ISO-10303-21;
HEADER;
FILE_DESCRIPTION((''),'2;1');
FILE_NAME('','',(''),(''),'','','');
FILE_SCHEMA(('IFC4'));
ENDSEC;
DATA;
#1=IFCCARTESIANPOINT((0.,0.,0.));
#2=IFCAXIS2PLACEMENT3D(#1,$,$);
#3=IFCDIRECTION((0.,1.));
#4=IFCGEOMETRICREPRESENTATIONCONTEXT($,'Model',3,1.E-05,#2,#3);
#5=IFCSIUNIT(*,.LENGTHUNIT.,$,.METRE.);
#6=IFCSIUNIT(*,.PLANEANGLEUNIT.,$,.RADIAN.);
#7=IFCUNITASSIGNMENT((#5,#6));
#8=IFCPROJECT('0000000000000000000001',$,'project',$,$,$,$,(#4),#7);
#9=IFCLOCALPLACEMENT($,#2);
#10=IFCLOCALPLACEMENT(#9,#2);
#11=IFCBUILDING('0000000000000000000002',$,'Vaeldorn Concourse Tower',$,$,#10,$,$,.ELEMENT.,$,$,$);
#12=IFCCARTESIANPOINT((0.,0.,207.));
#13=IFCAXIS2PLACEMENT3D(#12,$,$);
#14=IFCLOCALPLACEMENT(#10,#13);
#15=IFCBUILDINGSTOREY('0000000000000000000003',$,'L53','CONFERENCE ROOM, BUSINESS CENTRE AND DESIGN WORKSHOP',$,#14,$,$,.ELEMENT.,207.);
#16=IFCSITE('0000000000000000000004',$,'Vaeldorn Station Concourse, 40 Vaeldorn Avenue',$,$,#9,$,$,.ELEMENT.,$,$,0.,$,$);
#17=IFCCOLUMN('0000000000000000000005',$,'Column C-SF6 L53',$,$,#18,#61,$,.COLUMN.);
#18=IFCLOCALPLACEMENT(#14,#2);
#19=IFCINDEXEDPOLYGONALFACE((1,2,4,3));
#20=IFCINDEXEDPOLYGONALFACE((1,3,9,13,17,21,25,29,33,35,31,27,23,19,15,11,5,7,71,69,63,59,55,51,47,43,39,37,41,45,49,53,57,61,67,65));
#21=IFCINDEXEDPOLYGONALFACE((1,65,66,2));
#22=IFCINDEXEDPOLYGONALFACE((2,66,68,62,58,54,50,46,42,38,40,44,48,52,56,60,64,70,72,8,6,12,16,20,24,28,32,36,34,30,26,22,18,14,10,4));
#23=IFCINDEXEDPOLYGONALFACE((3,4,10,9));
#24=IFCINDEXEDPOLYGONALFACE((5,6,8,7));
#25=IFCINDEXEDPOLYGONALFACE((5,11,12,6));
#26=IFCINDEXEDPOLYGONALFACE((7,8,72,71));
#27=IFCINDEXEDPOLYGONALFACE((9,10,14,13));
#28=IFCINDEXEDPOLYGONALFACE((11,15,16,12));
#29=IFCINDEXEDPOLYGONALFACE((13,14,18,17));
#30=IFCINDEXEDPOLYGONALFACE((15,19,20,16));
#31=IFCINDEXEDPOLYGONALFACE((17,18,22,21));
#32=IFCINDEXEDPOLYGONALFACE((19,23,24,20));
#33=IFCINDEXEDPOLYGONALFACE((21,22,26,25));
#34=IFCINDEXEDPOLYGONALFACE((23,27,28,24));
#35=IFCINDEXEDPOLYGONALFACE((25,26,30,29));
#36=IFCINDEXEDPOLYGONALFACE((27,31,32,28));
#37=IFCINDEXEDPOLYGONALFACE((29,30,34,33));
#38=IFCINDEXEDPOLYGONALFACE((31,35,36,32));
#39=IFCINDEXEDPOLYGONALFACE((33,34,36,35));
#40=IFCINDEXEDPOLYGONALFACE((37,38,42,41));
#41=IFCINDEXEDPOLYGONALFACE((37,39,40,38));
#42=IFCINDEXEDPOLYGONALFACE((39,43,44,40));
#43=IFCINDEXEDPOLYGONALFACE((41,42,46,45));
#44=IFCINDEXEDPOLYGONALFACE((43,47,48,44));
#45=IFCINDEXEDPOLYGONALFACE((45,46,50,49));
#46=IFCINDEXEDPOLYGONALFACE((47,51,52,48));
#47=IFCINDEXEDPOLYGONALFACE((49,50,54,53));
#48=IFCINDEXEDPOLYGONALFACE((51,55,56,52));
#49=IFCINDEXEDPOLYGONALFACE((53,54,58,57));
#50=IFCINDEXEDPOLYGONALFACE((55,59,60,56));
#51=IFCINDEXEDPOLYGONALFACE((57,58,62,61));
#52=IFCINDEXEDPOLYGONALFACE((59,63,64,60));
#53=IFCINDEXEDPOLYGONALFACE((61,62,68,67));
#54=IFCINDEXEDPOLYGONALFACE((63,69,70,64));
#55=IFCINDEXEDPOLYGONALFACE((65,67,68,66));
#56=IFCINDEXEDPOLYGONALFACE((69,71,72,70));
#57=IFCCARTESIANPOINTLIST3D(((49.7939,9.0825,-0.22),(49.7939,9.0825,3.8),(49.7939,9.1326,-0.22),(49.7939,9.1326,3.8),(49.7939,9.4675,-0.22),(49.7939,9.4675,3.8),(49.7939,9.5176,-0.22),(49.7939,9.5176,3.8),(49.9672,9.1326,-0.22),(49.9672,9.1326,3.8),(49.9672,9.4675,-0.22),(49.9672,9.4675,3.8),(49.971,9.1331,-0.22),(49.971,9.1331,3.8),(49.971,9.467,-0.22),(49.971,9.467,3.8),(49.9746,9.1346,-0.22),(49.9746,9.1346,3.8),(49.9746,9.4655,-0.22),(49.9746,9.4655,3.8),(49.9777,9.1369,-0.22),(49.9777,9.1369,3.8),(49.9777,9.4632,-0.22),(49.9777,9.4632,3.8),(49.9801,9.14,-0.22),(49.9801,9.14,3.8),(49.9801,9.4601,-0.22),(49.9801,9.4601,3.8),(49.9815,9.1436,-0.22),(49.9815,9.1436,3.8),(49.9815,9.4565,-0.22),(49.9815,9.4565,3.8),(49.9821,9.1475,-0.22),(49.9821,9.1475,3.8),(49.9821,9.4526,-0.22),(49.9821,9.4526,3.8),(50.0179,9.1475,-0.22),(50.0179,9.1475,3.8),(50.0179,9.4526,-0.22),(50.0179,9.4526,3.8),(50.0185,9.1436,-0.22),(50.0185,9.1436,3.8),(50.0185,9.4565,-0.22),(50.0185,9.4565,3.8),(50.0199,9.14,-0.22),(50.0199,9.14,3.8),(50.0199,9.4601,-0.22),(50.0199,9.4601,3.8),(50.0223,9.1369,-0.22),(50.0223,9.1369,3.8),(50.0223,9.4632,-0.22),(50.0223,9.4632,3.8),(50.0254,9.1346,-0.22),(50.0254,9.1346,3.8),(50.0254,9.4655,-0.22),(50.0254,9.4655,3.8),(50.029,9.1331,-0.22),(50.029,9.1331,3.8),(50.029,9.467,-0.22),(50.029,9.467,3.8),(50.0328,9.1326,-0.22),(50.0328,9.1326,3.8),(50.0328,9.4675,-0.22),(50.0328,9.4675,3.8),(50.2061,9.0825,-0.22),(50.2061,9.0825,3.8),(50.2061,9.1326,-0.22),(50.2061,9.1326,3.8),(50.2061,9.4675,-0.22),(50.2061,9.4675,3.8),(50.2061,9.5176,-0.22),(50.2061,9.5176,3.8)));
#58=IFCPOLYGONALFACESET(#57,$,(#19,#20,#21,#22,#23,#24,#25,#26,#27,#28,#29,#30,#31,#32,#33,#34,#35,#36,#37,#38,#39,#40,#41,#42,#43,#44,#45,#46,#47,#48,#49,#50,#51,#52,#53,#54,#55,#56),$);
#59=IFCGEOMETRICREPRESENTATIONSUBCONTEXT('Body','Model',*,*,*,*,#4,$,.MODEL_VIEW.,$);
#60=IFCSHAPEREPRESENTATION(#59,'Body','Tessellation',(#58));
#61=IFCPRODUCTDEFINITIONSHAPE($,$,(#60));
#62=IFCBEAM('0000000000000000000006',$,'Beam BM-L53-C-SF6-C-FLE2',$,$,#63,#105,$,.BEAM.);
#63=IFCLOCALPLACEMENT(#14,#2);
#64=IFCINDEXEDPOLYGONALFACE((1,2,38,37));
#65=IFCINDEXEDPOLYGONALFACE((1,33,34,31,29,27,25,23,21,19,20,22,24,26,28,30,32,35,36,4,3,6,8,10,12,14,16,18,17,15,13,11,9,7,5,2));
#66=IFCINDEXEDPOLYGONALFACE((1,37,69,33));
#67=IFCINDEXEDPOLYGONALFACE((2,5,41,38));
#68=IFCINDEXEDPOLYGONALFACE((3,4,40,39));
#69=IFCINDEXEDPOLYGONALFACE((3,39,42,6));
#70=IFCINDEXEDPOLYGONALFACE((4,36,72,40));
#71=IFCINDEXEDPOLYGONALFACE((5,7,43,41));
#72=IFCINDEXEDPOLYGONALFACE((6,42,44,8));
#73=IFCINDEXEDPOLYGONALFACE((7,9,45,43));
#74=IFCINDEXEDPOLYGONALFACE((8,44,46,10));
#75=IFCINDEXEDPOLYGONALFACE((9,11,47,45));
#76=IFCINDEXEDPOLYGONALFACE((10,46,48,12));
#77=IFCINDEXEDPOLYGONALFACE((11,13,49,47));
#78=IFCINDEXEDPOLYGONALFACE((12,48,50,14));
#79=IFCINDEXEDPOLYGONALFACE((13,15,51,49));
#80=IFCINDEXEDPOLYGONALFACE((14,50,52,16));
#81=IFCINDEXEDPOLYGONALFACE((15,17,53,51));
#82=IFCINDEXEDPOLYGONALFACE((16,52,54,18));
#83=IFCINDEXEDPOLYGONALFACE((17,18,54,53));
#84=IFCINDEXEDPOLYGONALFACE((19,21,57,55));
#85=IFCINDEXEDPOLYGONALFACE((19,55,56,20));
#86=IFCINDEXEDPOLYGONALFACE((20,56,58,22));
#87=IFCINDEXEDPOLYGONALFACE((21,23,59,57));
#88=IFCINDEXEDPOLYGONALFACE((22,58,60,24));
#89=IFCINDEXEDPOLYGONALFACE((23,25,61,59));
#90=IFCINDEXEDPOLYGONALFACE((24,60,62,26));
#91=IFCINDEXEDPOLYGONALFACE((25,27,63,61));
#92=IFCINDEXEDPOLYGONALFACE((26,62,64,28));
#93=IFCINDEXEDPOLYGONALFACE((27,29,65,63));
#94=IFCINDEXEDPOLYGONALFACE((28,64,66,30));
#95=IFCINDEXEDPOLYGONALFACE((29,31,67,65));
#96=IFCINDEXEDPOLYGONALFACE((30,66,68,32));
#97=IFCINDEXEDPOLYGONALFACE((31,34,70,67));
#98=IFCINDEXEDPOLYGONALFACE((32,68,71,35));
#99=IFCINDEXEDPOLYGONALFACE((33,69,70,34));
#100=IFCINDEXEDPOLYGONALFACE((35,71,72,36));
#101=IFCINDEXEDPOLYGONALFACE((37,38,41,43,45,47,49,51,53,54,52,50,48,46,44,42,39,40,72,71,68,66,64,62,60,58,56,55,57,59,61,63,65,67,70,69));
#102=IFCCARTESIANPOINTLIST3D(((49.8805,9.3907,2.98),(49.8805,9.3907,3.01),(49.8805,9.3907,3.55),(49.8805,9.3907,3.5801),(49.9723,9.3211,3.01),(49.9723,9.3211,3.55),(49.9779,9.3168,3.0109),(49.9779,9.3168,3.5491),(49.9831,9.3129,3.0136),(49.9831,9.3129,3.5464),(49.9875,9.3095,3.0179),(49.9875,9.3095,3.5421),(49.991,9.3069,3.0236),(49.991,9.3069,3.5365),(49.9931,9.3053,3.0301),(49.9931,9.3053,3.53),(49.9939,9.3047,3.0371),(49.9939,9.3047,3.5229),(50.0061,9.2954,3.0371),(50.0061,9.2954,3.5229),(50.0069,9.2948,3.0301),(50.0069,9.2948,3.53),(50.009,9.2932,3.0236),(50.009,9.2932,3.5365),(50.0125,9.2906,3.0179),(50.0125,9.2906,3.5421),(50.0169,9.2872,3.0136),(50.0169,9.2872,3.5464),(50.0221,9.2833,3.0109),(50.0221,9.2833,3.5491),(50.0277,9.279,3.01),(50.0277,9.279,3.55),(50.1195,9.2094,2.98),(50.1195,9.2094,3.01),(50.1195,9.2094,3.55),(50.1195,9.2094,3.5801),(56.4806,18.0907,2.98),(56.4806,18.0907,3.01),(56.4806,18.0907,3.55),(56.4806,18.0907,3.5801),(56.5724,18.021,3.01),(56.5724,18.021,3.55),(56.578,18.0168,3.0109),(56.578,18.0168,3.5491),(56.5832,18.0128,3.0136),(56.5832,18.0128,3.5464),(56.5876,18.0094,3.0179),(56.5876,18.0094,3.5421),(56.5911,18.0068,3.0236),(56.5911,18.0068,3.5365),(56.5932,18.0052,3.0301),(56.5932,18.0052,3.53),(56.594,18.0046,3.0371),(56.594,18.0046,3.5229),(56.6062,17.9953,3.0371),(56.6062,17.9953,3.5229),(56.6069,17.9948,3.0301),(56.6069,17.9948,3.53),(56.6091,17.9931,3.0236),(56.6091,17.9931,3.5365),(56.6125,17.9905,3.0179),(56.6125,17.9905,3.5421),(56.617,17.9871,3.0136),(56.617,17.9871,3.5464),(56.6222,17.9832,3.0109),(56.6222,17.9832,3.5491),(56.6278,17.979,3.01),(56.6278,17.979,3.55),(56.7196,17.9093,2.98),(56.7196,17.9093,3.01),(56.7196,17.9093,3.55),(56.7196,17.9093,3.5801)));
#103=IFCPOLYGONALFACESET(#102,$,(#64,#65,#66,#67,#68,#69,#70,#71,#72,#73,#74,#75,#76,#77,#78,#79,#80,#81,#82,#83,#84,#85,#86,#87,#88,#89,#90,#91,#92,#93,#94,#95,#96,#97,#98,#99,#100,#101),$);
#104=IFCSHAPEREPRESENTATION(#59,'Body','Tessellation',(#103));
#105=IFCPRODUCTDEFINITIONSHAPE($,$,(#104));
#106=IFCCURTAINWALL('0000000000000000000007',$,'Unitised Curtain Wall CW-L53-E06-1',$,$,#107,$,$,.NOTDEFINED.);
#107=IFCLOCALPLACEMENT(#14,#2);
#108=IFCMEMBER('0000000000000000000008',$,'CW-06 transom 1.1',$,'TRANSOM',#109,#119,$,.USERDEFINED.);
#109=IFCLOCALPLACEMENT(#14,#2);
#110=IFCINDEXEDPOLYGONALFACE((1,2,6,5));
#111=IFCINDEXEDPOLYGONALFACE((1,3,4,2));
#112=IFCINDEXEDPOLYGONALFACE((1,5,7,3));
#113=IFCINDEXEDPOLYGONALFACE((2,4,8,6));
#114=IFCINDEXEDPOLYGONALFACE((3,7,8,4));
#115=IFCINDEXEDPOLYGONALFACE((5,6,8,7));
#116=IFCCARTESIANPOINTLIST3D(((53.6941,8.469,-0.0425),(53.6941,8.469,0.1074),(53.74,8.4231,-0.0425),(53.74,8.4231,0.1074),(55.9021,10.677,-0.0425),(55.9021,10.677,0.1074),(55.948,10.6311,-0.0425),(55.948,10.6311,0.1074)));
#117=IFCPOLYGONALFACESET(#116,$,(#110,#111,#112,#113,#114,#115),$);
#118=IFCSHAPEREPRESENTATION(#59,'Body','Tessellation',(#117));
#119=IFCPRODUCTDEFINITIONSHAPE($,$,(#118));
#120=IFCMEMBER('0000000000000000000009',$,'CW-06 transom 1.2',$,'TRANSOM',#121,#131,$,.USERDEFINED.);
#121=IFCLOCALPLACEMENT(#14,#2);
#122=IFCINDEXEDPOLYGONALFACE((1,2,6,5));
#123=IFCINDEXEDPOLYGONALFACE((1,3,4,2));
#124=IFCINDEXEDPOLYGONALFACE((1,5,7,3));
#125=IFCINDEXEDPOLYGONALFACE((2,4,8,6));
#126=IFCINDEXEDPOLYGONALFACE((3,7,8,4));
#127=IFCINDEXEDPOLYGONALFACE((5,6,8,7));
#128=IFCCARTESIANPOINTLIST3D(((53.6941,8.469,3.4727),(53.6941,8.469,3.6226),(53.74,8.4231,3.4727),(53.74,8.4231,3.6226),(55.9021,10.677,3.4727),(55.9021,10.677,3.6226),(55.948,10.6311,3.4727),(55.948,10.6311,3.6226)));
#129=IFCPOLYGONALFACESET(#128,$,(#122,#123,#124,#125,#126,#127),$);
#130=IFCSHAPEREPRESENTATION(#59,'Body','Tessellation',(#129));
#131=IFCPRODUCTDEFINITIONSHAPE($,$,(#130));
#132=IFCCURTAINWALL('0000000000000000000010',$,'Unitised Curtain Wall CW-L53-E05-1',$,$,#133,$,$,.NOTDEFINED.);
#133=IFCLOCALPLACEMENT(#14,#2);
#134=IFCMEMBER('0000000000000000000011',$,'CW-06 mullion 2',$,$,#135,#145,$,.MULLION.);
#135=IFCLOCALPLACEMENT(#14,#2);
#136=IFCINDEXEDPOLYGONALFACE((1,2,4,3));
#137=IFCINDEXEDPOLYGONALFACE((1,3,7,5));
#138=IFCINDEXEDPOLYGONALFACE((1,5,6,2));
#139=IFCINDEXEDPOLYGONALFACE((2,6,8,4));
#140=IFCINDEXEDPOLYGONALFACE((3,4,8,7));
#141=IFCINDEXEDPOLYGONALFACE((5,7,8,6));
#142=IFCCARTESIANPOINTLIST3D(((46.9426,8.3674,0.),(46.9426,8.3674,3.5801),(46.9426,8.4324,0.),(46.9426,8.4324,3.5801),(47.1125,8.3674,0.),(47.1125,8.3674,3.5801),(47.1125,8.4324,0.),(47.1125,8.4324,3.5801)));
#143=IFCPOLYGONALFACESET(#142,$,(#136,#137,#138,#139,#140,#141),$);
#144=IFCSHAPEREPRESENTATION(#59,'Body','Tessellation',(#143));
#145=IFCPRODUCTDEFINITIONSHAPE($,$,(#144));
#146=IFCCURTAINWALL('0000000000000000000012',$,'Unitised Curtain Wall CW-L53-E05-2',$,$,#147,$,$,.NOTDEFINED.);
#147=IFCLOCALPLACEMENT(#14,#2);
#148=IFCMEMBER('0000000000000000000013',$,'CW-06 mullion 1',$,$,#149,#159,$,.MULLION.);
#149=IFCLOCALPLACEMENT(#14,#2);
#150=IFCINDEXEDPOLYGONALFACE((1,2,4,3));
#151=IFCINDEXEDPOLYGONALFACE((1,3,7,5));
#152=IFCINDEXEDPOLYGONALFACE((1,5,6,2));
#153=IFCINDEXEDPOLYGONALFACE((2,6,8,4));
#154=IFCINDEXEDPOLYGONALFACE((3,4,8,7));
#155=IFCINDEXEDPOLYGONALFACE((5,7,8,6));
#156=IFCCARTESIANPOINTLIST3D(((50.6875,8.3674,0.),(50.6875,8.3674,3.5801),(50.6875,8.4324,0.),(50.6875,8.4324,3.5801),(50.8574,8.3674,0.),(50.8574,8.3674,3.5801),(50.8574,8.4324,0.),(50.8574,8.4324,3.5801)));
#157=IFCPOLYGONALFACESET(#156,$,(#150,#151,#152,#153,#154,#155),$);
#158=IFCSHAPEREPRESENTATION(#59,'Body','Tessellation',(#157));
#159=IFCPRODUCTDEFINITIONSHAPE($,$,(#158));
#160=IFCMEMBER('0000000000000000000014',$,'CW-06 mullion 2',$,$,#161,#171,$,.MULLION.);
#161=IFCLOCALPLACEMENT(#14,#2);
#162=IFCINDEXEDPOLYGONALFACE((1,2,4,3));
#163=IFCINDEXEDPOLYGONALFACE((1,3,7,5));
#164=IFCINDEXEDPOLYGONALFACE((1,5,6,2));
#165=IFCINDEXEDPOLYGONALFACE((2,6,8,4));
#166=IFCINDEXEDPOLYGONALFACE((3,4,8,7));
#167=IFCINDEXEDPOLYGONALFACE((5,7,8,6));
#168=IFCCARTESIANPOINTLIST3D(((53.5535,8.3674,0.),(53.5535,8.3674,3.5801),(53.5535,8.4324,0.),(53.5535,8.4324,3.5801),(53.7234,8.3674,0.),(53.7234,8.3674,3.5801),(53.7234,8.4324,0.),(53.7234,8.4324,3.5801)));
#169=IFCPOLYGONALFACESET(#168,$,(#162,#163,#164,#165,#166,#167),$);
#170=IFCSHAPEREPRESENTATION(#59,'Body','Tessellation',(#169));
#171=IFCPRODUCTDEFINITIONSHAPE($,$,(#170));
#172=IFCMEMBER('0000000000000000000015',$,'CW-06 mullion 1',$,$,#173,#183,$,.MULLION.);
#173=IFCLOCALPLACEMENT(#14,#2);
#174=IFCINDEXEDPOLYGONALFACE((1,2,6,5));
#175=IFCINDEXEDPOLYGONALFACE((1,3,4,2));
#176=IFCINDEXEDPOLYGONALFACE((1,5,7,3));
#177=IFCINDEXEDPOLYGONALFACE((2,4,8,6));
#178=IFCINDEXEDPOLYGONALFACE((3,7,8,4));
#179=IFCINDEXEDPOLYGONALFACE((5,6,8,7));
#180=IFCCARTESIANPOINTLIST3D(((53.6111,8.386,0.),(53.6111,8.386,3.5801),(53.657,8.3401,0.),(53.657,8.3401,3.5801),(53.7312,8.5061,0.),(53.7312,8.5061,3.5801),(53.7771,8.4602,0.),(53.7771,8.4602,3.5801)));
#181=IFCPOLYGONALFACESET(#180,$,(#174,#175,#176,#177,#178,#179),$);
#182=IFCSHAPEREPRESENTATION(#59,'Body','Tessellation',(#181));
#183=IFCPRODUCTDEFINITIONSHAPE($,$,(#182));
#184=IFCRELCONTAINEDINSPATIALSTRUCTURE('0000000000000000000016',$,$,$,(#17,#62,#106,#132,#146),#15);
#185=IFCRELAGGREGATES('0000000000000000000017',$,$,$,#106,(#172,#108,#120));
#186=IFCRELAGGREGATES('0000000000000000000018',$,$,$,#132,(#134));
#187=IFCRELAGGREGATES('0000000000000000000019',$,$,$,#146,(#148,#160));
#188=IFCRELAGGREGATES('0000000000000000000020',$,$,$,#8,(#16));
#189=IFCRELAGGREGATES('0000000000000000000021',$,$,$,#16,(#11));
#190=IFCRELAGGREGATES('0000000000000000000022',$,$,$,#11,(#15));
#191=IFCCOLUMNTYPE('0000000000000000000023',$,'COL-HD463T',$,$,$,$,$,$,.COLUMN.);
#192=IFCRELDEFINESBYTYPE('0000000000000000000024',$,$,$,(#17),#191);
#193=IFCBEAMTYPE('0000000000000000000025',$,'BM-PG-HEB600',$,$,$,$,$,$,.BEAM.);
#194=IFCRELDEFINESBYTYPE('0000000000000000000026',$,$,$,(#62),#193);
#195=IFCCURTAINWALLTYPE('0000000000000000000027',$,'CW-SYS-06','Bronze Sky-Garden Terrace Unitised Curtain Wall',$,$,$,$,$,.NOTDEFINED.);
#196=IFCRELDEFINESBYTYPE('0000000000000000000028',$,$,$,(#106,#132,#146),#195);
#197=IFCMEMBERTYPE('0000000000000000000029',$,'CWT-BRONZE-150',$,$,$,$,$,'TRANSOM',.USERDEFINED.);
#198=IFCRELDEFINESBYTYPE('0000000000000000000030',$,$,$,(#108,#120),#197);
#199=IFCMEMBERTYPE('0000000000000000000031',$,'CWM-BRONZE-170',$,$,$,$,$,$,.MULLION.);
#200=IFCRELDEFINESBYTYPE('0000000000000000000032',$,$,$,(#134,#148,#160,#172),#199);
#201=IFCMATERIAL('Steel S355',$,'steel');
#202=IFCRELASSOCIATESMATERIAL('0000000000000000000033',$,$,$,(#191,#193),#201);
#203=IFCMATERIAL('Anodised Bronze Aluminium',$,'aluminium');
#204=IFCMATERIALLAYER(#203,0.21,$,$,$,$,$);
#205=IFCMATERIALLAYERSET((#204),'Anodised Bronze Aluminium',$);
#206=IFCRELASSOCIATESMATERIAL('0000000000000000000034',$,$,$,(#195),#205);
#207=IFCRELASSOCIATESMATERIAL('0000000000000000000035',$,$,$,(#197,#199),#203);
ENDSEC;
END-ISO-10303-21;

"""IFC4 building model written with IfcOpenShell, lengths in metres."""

from ifc_helpers import new_model, si_unit, direction, frame, origin, origin_2d, place, context, subcontext, project, spatial, rectangle, i_section, extrude, source, transform, mapped, material, layer, layer_set, material_profile, profile_set, type_object, element, aggregate, save


model = new_model("IFC4")

# Units and contexts
model_context = context("Model", 3, precision=1e-05, world=origin(), true_north=direction((0.0, 1.0)))
body_context = subcontext(model_context, "Body", "Model", "MODEL_VIEW")
ifc_project = project(units=[si_unit("LENGTHUNIT", "METRE"), si_unit("PLANEANGLEUNIT", "RADIAN")], contexts=[model_context])

# Site, building, storey
site_placement = place(None, origin())
site = spatial("IfcSite", under=ifc_project, at=site_placement, Name="Vaeldorn Station Concourse, 40 Vaeldorn Avenue", CompositionType="ELEMENT", RefElevation=0.0)
building_placement = place(site_placement, origin())
building = spatial("IfcBuilding", under=site, at=building_placement, Name="Vaeldorn Concourse Tower", CompositionType="ELEMENT")
storey_placement = place(building_placement, frame((0.0, 0.0, 207.0)))
storey = spatial("IfcBuildingStorey", under=building, at=storey_placement, Name="L53", Description="CONFERENCE ROOM, BUSINESS CENTRE AND DESIGN WORKSHOP", CompositionType="ELEMENT", Elevation=207.0)

# Column
ifc_material_1 = material(Name="Steel S355", Category="steel")
ifc_material_profile_1 = material_profile(ifc_material_1, i_section(OverallWidth=0.4121, OverallDepth=0.4351, WebThickness=0.0359, FlangeThickness=0.05, FilletRadius=0.0149, at=origin_2d()), Name="HD 400x463")
ifc_profile_set_1 = profile_set([ifc_material_profile_1], Name="Steel S355")
column_type = type_object("IfcColumnType", Name="COL-HD463T", PredefinedType="COLUMN", material=ifc_profile_set_1)
shared_shape_1 = source(origin(), body_context, "Body", "SweptSolid", [
    extrude(i_section(OverallWidth=0.4121, OverallDepth=0.4351, WebThickness=0.0359, FlangeThickness=0.05, FilletRadius=0.0149, at=origin_2d()), origin(), (0.0, 0.0, 1.0), 4.02),
])
column_placement = place(storey_placement, frame((50.0, 9.3, -0.22), z_axis=(0.0, 0.0, 1.0), x_axis=(1.0, 0.0, 0.0)))
element("IfcColumn", 1, at=column_placement, inside=storey, type_object=column_type, Name="Column C-SF6 L53", PredefinedType="COLUMN", context=body_context, shape_type="MappedRepresentation", body=[
    mapped(shared_shape_1, transform((0.0, 0.0, 0.0), scale=1.0)),
])

# Beam
ifc_material_profile_2 = material_profile(ifc_material_1, i_section(OverallWidth=0.3, OverallDepth=0.6001, WebThickness=0.0154, FlangeThickness=0.03, FilletRadius=0.0271, at=origin_2d()), Name="HEB 600")
ifc_profile_set_2 = profile_set([ifc_material_profile_2], Name="Steel S355")
beam_type = type_object("IfcBeamType", Name="BM-PG-HEB600", PredefinedType="BEAM", material=ifc_profile_set_2)
shared_shape_2 = source(origin(), body_context, "Body", "SweptSolid", [
    extrude(i_section(OverallWidth=0.3, OverallDepth=0.6001, WebThickness=0.0154, FlangeThickness=0.03, FilletRadius=0.0271, at=origin_2d()), origin(), (0.0, 0.0, 1.0), 10.9202),
])
beam_placement = place(storey_placement, frame((50.0, 9.3, 3.28), z_axis=(0.604394, 0.796685, 0.0), x_axis=(-0.796685, 0.604394, 0.0)))
element("IfcBeam", 2, at=beam_placement, inside=storey, type_object=beam_type, Name="Beam BM-L53-C-SF6-C-FLE2", PredefinedType="BEAM", context=body_context, shape_type="MappedRepresentation", body=[
    mapped(shared_shape_2, transform((0.0, 0.0, 0.0), scale=1.0)),
])

# Curtain wall, members
ifc_material_2 = material(Name="Anodised Bronze Aluminium", Category="aluminium")
ifc_layer_1 = layer(ifc_material_2, 0.21)
ifc_layer_set_1 = layer_set([ifc_layer_1], Name="Anodised Bronze Aluminium")
curtain_wall_type = type_object("IfcCurtainWallType", Name="CW-SYS-06", Description="Bronze Sky-Garden Terrace Unitised Curtain Wall", PredefinedType="NOTDEFINED", material=ifc_layer_set_1)
curtain_wall_1_placement = place(storey_placement, origin())
curtain_wall_1 = element("IfcCurtainWall", 3, at=curtain_wall_1_placement, inside=storey, type_object=curtain_wall_type, Name="Unitised Curtain Wall CW-L53-E06-1", PredefinedType="NOTDEFINED")
ifc_material_profile_3 = material_profile(ifc_material_2, rectangle(XDim=0.0649, YDim=0.1499, at=origin_2d()), Name="CWT 65x150")
ifc_profile_set_3 = profile_set([ifc_material_profile_3], Name="Anodised Bronze Aluminium")
member_type_1 = type_object("IfcMemberType", Name="CWT-BRONZE-150", ElementType="TRANSOM", PredefinedType="USERDEFINED", material=ifc_profile_set_3)
shared_shape_3 = source(origin(), body_context, "Body", "SweptSolid", [
    extrude(rectangle(XDim=0.0649, YDim=0.1499, at=origin_2d()), origin(), (0.0, 0.0, 1.0), 3.1226),
])
member_1_placement = place(storey_placement, frame((53.717, 8.446, 0.0325), z_axis=(0.707107, 0.707107, 0.0), x_axis=(-0.707107, 0.707107, 0.0)))
member_1 = element("IfcMember", 4, at=member_1_placement, type_object=member_type_1, Name="CW-06 transom 1.1", ObjectType="TRANSOM", PredefinedType="USERDEFINED", context=body_context, shape_type="MappedRepresentation", body=[
    mapped(shared_shape_3, transform((0.0, 0.0, 0.0), scale=1.0)),
])
member_2_placement = place(storey_placement, frame((53.717, 8.446, 3.5476), z_axis=(0.707107, 0.707107, 0.0), x_axis=(-0.707107, 0.707107, 0.0)))
member_2 = element("IfcMember", 5, at=member_2_placement, type_object=member_type_1, Name="CW-06 transom 1.2", ObjectType="TRANSOM", PredefinedType="USERDEFINED", context=body_context, shape_type="MappedRepresentation", body=[
    mapped(shared_shape_3, transform((0.0, 0.0, 0.0), scale=1.0)),
])

# Curtain wall, member
curtain_wall_2_placement = place(storey_placement, origin())
curtain_wall_2 = element("IfcCurtainWall", 6, at=curtain_wall_2_placement, inside=storey, type_object=curtain_wall_type, Name="Unitised Curtain Wall CW-L53-E05-1", PredefinedType="NOTDEFINED")
ifc_material_profile_4 = material_profile(ifc_material_2, rectangle(XDim=0.0649, YDim=0.1699, at=origin_2d()), Name="CWM 65x170")
ifc_profile_set_4 = profile_set([ifc_material_profile_4], Name="Anodised Bronze Aluminium")
member_type_2 = type_object("IfcMemberType", Name="CWM-BRONZE-170", PredefinedType="MULLION", material=ifc_profile_set_4)
shared_shape_4 = source(origin(), body_context, "Body", "SweptSolid", [
    extrude(rectangle(XDim=0.0649, YDim=0.1699, at=origin_2d()), origin(), (0.0, 0.0, 1.0), 3.5801),
])
member_3_placement = place(storey_placement, frame((47.0276, 8.3999, 0.0), z_axis=(0.0, 0.0, 1.0), x_axis=(0.0, 1.0, 0.0)))
member_3 = element("IfcMember", 7, at=member_3_placement, type_object=member_type_2, Name="CW-06 mullion 2", PredefinedType="MULLION", context=body_context, shape_type="MappedRepresentation", body=[
    mapped(shared_shape_4, transform((0.0, 0.0, 0.0), scale=1.0)),
])

# Curtain wall, members
curtain_wall_3_placement = place(storey_placement, origin())
curtain_wall_3 = element("IfcCurtainWall", 8, at=curtain_wall_3_placement, inside=storey, type_object=curtain_wall_type, Name="Unitised Curtain Wall CW-L53-E05-2", PredefinedType="NOTDEFINED")
member_4_placement = place(storey_placement, frame((50.7725, 8.3999, 0.0), z_axis=(0.0, 0.0, 1.0), x_axis=(0.0, 1.0, 0.0)))
member_4 = element("IfcMember", 9, at=member_4_placement, type_object=member_type_2, Name="CW-06 mullion 1", PredefinedType="MULLION", context=body_context, shape_type="MappedRepresentation", body=[
    mapped(shared_shape_4, transform((0.0, 0.0, 0.0), scale=1.0)),
])
member_5_placement = place(storey_placement, frame((53.6384, 8.3999, 0.0), z_axis=(0.0, 0.0, 1.0), x_axis=(0.0, 1.0, 0.0)))
member_5 = element("IfcMember", 10, at=member_5_placement, type_object=member_type_2, Name="CW-06 mullion 2", PredefinedType="MULLION", context=body_context, shape_type="MappedRepresentation", body=[
    mapped(shared_shape_4, transform((0.0, 0.0, 0.0), scale=1.0)),
])

# Member
member_6_placement = place(storey_placement, frame((53.6941, 8.4231, 0.0), z_axis=(0.0, 0.0, 1.0), x_axis=(-0.707107, 0.707107, 0.0)))
member_6 = element("IfcMember", 11, at=member_6_placement, type_object=member_type_2, Name="CW-06 mullion 1", PredefinedType="MULLION", context=body_context, shape_type="MappedRepresentation", body=[
    mapped(shared_shape_4, transform((0.0, 0.0, 0.0), scale=1.0)),
])

aggregate(curtain_wall_1, [member_6, member_1, member_2])
aggregate(curtain_wall_2, [member_3])
aggregate(curtain_wall_3, [member_4, member_5])

save(model, "model.ifc")
